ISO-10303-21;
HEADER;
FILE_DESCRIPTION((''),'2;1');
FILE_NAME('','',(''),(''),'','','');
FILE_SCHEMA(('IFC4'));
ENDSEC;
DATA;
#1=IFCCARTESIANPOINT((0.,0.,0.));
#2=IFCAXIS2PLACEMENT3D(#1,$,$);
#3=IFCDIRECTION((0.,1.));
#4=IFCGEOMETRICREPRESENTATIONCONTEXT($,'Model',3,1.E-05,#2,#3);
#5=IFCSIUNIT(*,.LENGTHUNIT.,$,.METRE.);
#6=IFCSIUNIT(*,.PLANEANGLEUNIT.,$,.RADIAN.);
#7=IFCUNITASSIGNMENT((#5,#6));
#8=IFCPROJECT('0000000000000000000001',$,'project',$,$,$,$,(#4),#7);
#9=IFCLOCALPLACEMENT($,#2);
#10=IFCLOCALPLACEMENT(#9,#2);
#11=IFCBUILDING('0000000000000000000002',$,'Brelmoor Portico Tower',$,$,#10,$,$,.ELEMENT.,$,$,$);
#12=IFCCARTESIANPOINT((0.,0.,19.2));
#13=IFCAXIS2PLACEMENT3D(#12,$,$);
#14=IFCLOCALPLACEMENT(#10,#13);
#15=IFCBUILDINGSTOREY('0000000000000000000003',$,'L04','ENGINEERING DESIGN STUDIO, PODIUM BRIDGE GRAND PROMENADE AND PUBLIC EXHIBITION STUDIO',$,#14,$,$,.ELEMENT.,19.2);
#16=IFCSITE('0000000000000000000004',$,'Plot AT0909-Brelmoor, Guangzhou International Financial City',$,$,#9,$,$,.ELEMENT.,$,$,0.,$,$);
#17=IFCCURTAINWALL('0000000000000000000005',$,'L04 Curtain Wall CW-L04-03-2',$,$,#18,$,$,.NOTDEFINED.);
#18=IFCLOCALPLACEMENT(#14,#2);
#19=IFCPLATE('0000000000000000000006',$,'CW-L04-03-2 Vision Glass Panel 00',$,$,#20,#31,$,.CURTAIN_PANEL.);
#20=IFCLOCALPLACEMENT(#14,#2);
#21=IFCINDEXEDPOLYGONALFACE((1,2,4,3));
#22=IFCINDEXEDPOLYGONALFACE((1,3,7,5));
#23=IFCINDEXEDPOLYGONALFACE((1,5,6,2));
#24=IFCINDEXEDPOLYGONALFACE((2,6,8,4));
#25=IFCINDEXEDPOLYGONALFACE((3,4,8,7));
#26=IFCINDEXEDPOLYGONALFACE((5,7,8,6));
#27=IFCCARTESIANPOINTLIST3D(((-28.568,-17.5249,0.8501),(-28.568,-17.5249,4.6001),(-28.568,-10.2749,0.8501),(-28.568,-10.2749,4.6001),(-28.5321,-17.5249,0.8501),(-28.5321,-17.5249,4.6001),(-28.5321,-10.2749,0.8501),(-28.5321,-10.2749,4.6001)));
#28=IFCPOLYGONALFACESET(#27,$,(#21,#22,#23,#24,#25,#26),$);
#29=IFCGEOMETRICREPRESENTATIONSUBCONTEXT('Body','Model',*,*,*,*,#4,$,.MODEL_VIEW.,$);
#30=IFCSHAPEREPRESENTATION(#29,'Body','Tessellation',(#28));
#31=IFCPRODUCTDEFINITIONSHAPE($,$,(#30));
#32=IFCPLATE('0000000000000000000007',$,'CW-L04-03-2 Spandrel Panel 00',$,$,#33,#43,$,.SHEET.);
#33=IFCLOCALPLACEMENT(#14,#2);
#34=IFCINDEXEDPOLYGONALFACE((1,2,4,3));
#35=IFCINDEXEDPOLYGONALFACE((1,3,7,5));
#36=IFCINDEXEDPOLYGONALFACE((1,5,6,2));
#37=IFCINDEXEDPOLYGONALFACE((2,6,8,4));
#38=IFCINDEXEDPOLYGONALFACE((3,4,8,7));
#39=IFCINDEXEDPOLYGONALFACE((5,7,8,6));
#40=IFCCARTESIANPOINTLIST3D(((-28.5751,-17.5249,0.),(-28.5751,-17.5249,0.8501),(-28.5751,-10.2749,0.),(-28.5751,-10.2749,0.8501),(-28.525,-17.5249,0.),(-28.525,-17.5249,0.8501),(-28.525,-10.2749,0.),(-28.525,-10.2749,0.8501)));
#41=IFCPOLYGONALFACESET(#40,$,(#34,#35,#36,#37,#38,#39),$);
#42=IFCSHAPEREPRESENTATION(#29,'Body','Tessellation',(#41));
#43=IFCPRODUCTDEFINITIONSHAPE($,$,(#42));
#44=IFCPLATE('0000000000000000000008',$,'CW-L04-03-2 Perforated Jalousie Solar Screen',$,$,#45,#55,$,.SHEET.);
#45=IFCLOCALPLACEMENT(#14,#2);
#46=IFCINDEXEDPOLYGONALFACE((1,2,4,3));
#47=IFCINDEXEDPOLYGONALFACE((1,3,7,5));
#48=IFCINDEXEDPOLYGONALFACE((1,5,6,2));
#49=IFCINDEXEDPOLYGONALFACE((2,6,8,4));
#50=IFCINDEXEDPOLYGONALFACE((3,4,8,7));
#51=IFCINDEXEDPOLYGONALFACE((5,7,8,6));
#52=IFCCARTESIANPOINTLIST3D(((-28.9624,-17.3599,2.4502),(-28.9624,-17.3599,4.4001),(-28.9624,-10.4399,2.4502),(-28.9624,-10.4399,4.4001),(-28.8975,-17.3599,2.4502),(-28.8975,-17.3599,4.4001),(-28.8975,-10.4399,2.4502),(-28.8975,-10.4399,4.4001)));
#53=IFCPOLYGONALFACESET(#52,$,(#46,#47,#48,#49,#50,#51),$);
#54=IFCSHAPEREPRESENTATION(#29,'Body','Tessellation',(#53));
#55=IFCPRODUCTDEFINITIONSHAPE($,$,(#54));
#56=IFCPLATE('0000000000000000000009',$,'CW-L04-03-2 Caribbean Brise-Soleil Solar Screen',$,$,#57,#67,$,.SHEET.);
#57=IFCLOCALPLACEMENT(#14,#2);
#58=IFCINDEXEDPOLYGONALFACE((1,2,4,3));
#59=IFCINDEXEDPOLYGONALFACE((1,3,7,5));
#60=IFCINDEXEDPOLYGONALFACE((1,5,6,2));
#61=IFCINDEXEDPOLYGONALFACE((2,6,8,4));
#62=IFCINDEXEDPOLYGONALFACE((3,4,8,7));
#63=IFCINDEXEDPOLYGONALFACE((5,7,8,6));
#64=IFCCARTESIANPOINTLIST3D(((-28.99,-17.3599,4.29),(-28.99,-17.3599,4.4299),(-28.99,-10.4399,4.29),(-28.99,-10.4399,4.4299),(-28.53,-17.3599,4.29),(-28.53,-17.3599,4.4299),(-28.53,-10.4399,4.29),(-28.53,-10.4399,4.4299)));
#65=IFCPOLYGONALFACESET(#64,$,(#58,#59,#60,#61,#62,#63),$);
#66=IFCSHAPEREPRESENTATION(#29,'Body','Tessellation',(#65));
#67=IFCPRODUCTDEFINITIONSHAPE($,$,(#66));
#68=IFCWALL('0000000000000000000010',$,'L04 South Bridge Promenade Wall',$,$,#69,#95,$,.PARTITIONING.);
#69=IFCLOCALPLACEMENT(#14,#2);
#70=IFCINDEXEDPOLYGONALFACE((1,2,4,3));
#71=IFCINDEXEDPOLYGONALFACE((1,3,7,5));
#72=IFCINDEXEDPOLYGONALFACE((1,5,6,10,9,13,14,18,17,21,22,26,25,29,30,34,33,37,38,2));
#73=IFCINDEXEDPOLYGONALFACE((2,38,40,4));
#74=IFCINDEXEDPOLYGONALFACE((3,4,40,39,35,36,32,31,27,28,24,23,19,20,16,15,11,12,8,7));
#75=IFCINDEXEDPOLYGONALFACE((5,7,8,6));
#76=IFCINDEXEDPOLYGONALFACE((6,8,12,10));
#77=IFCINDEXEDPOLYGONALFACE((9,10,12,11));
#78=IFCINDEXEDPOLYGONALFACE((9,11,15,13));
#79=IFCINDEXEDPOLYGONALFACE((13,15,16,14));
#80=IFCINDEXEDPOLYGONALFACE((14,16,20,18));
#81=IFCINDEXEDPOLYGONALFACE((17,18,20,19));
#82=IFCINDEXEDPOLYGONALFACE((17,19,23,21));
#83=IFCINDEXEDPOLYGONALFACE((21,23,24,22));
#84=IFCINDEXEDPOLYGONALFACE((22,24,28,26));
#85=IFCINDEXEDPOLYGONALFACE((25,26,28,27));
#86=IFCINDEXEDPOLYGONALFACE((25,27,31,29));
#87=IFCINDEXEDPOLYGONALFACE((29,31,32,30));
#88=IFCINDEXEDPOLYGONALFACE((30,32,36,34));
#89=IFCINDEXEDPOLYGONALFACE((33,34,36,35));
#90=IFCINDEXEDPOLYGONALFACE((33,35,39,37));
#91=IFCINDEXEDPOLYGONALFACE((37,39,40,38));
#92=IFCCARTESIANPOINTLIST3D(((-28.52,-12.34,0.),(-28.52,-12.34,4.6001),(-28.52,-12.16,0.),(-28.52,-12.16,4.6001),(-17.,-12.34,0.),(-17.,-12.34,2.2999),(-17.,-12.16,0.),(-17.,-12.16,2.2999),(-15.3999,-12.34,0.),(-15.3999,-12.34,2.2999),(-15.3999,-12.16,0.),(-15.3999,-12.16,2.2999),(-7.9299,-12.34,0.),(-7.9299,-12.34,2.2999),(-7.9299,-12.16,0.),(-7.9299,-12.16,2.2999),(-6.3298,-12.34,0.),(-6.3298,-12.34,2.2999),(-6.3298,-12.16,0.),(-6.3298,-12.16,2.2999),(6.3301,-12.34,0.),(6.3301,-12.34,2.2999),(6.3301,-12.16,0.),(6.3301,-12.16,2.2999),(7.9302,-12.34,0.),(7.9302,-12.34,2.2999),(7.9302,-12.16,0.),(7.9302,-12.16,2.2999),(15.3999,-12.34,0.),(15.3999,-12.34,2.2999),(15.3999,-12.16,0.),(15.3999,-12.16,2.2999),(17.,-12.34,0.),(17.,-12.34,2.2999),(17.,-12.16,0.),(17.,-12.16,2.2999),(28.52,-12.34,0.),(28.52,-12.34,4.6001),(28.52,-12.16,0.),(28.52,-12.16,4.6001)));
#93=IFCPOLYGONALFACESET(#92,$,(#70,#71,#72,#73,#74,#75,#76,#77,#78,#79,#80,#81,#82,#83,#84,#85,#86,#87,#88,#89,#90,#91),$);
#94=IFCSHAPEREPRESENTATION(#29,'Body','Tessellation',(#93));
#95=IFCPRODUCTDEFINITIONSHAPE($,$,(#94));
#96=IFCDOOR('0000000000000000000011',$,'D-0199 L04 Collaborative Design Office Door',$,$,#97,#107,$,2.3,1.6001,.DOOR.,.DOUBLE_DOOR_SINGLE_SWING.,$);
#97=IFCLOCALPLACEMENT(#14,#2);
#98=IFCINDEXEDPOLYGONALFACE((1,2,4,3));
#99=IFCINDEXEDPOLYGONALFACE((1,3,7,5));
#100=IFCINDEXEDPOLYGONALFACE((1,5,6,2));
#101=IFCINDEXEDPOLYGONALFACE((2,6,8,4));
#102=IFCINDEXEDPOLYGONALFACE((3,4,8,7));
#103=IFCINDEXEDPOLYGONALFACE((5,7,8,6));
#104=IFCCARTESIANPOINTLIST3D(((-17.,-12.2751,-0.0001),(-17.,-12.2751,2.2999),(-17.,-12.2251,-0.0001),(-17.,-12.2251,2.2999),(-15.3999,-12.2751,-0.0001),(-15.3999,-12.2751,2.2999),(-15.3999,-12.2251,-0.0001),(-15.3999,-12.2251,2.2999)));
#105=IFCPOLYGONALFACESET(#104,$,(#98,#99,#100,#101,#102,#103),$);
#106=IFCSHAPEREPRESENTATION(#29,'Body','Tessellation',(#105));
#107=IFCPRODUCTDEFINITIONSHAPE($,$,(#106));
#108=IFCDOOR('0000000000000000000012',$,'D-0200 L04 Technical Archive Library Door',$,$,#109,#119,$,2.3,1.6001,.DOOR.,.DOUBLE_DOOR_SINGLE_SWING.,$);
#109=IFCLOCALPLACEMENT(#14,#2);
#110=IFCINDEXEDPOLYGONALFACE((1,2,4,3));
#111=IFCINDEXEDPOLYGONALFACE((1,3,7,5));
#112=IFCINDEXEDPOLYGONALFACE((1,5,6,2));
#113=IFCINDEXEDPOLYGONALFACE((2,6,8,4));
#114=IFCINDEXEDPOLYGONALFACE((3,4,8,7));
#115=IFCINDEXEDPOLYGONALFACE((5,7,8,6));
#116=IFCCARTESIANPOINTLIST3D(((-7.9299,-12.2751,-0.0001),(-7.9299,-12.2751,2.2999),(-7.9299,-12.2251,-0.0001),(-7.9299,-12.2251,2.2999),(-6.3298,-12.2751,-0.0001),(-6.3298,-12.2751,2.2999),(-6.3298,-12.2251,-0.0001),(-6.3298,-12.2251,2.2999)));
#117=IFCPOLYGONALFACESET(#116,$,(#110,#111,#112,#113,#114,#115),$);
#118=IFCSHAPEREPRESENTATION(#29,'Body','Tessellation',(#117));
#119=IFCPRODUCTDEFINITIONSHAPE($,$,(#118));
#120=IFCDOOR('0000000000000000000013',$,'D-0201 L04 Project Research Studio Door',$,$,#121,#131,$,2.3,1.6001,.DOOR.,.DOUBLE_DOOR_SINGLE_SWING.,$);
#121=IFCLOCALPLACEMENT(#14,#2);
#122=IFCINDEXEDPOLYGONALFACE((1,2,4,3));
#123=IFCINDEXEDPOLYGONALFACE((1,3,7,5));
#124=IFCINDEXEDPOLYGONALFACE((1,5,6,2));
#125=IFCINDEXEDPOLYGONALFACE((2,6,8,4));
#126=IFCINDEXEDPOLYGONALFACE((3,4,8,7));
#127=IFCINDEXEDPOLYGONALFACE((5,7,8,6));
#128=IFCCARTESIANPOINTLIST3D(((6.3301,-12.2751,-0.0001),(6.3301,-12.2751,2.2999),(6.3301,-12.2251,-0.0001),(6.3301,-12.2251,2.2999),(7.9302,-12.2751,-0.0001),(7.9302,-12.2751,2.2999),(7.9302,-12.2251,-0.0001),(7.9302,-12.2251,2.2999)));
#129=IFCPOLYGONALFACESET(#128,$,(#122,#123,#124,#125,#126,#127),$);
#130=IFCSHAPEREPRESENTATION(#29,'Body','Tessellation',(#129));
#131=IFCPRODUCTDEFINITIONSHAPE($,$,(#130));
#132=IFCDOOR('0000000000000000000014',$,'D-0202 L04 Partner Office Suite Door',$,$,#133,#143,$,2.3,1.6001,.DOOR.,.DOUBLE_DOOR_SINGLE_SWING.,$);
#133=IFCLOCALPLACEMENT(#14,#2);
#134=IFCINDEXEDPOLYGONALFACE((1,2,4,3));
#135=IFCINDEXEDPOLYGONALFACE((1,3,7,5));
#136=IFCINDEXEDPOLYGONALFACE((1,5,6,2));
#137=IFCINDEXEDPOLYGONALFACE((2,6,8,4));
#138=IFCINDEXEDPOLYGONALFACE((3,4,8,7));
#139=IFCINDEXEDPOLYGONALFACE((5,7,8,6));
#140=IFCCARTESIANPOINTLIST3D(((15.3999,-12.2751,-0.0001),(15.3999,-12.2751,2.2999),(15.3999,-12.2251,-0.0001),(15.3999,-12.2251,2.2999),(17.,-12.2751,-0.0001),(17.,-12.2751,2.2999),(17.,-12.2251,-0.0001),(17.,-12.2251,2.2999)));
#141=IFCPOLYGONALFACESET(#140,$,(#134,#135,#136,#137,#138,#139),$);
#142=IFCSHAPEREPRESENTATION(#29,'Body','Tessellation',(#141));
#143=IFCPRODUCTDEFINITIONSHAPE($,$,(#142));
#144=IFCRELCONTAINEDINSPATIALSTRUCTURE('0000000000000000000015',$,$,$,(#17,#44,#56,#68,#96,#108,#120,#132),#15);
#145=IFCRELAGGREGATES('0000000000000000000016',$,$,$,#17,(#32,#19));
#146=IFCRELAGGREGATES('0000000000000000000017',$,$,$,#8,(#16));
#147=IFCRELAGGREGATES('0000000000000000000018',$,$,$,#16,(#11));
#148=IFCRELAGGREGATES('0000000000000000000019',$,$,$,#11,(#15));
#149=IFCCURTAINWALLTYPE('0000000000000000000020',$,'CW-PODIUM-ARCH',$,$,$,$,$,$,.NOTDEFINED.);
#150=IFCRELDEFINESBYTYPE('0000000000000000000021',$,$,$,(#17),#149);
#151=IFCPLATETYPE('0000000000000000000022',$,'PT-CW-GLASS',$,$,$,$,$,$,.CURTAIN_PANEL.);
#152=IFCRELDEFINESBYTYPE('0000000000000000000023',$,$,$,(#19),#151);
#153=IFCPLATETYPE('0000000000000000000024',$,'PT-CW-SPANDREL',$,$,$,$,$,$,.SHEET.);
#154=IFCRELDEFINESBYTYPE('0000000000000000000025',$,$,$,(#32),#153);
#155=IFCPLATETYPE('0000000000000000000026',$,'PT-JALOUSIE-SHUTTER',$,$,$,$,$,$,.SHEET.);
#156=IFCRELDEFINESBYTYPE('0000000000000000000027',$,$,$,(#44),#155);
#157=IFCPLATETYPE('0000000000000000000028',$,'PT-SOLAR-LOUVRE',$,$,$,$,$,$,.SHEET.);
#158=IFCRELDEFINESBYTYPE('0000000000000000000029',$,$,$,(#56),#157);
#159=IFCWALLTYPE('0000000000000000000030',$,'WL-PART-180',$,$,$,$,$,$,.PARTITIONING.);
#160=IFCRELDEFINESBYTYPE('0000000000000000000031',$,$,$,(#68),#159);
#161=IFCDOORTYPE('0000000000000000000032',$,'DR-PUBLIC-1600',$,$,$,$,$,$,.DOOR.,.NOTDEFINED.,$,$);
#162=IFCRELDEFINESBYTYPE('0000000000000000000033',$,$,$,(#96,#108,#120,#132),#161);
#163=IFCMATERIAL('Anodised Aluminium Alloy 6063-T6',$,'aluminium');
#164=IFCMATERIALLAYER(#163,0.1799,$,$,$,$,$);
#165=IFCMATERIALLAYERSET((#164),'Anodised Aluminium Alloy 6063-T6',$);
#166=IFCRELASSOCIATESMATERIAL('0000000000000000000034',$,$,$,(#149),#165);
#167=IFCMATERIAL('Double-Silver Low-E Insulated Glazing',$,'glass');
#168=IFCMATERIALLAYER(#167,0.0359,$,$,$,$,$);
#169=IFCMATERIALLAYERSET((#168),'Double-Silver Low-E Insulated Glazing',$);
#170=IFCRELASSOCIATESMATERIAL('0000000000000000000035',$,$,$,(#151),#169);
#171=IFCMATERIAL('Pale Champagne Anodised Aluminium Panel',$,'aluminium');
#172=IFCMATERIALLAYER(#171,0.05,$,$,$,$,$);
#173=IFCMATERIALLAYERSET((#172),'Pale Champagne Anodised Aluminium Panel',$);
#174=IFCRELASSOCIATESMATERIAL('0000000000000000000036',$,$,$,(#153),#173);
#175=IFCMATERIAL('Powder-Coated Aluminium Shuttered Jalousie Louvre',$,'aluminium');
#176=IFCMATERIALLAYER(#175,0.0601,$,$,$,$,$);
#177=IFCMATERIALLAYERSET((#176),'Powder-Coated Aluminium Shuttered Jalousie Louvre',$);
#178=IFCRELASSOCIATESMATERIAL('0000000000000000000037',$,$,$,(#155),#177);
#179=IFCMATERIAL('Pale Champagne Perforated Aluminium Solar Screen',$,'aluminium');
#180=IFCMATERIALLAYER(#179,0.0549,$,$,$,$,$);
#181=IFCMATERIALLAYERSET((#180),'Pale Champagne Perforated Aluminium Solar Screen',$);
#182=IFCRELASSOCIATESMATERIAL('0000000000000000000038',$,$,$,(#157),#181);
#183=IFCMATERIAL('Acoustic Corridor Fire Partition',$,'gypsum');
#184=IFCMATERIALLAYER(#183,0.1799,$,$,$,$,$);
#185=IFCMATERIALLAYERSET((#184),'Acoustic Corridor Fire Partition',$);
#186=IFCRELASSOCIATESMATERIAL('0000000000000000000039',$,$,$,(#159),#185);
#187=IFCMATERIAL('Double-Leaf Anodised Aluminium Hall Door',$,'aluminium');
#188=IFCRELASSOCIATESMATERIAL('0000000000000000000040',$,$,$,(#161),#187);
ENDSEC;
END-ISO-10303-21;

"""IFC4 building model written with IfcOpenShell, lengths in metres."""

from ifc_helpers import new_model, si_unit, direction, frame, frame_2d, origin, origin_2d, place, context, subcontext, project, spatial, rectangle, extrude, material, layer, layer_set, type_object, element, fill, aggregate, save


model = new_model("IFC4")

# Units and contexts
model_context = context("Model", 3, precision=1e-05, world=origin(), true_north=direction((0.0, 1.0)))
body_context = subcontext(model_context, "Body", "Model", "MODEL_VIEW")
ifc_project = project(units=[si_unit("LENGTHUNIT", "METRE"), si_unit("PLANEANGLEUNIT", "RADIAN")], contexts=[model_context])

# Site, building, storey
site_placement = place(None, origin())
site = spatial("IfcSite", under=ifc_project, at=site_placement, Name="Plot AT0909-Brelmoor, Guangzhou International Financial City", CompositionType="ELEMENT", RefElevation=0.0)
building_placement = place(site_placement, origin())
building = spatial("IfcBuilding", under=site, at=building_placement, Name="Brelmoor Portico Tower", CompositionType="ELEMENT")
storey_placement = place(building_placement, frame((0.0, 0.0, 19.2)))
storey = spatial("IfcBuildingStorey", under=building, at=storey_placement, Name="L04", Description="ENGINEERING DESIGN STUDIO, PODIUM BRIDGE GRAND PROMENADE AND PUBLIC EXHIBITION STUDIO", CompositionType="ELEMENT", Elevation=19.2)

# Curtain wall
ifc_material_1 = material(Name="Anodised Aluminium Alloy 6063-T6", Category="aluminium")
ifc_layer_1 = layer(ifc_material_1, 0.1799)
ifc_layer_set_1 = layer_set([ifc_layer_1], Name="Anodised Aluminium Alloy 6063-T6")
curtain_wall_type = type_object("IfcCurtainWallType", Name="CW-PODIUM-ARCH", PredefinedType="NOTDEFINED", material=ifc_layer_set_1)
curtain_wall_placement = place(storey_placement, origin())
curtain_wall = element("IfcCurtainWall", 1, at=curtain_wall_placement, inside=storey, type_object=curtain_wall_type, Name="L04 Curtain Wall CW-L04-03-2", PredefinedType="NOTDEFINED")

# Plates
ifc_material_2 = material(Name="Double-Silver Low-E Insulated Glazing", Category="glass")
ifc_layer_2 = layer(ifc_material_2, 0.0359)
ifc_layer_set_2 = layer_set([ifc_layer_2], Name="Double-Silver Low-E Insulated Glazing")
plate_type_1 = type_object("IfcPlateType", Name="PT-CW-GLASS", PredefinedType="CURTAIN_PANEL", material=ifc_layer_set_2)
plate_1_placement = place(storey_placement, frame((-28.55, -13.8999, 0.8501), z_axis=(0.0, 0.0, 1.0), x_axis=(0.0, 1.0, 0.0)))
plate_1 = element("IfcPlate", 2, at=plate_1_placement, type_object=plate_type_1, Name="CW-L04-03-2 Vision Glass Panel 00", PredefinedType="CURTAIN_PANEL", context=body_context, shape_type="SweptSolid", body=[
    extrude(rectangle(XDim=7.25, YDim=0.0359, at=origin_2d()), origin(), (0.0, 0.0, 1.0), 3.75),
])
ifc_material_3 = material(Name="Pale Champagne Anodised Aluminium Panel", Category="aluminium")
ifc_layer_3 = layer(ifc_material_3, 0.05)
ifc_layer_set_3 = layer_set([ifc_layer_3], Name="Pale Champagne Anodised Aluminium Panel")
plate_type_2 = type_object("IfcPlateType", Name="PT-CW-SPANDREL", PredefinedType="SHEET", material=ifc_layer_set_3)
plate_2_placement = place(storey_placement, frame((-28.55, -13.8999, 0.0), z_axis=(0.0, 0.0, 1.0), x_axis=(0.0, 1.0, 0.0)))
plate_2 = element("IfcPlate", 3, at=plate_2_placement, type_object=plate_type_2, Name="CW-L04-03-2 Spandrel Panel 00", PredefinedType="SHEET", context=body_context, shape_type="SweptSolid", body=[
    extrude(rectangle(XDim=7.25, YDim=0.05, at=origin_2d()), origin(), (0.0, 0.0, 1.0), 0.8501),
])
aggregate(curtain_wall, [plate_2, plate_1])

# Plates
ifc_material_4 = material(Name="Powder-Coated Aluminium Shuttered Jalousie Louvre", Category="aluminium")
ifc_layer_4 = layer(ifc_material_4, 0.0601)
ifc_layer_set_4 = layer_set([ifc_layer_4], Name="Powder-Coated Aluminium Shuttered Jalousie Louvre")
plate_type_3 = type_object("IfcPlateType", Name="PT-JALOUSIE-SHUTTER", PredefinedType="SHEET", material=ifc_layer_set_4)
plate_3_placement = place(storey_placement, frame((-28.9299, -13.8999, 2.4502), z_axis=(0.0, 0.0, 1.0), x_axis=(0.0, 1.0, 0.0)))
element("IfcPlate", 4, at=plate_3_placement, inside=storey, type_object=plate_type_3, Name="CW-L04-03-2 Perforated Jalousie Solar Screen", PredefinedType="SHEET", context=body_context, shape_type="SweptSolid", body=[
    extrude(rectangle(XDim=6.9199, YDim=0.0649, at=origin_2d()), origin(), (0.0, 0.0, 1.0), 1.95),
])
ifc_material_5 = material(Name="Pale Champagne Perforated Aluminium Solar Screen", Category="aluminium")
ifc_layer_5 = layer(ifc_material_5, 0.0549)
ifc_layer_set_5 = layer_set([ifc_layer_5], Name="Pale Champagne Perforated Aluminium Solar Screen")
plate_type_4 = type_object("IfcPlateType", Name="PT-SOLAR-LOUVRE", PredefinedType="SHEET", material=ifc_layer_set_5)
plate_4_placement = place(storey_placement, frame((-28.76, -13.8999, 4.29), z_axis=(0.0, 0.0, 1.0), x_axis=(0.0, 1.0, 0.0)))
element("IfcPlate", 5, at=plate_4_placement, inside=storey, type_object=plate_type_4, Name="CW-L04-03-2 Caribbean Brise-Soleil Solar Screen", PredefinedType="SHEET", context=body_context, shape_type="SweptSolid", body=[
    extrude(rectangle(XDim=6.9199, YDim=0.46, at=origin_2d()), origin(), (0.0, 0.0, 1.0), 0.1399),
])

# Wall, openings, doors
ifc_material_6 = material(Name="Acoustic Corridor Fire Partition", Category="gypsum")
ifc_layer_6 = layer(ifc_material_6, 0.1799)
ifc_layer_set_6 = layer_set([ifc_layer_6], Name="Acoustic Corridor Fire Partition")
wall_type = type_object("IfcWallType", Name="WL-PART-180", PredefinedType="PARTITIONING", material=ifc_layer_set_6)
wall_1_placement = place(storey_placement, frame((-28.52, -12.25, 0.0), z_axis=(0.0, 0.0, 1.0), x_axis=(1.0, 0.0, 0.0)))
wall_1 = element("IfcWall", 6, at=wall_1_placement, inside=storey, type_object=wall_type, Name="L04 South Bridge Promenade Wall", PredefinedType="PARTITIONING", context=body_context, shape_type="SweptSolid", body=[
    extrude(rectangle(XDim=57.04, YDim=0.1799, at=frame_2d((28.52, 0.0))), origin(), (0.0, 0.0, 1.0), 4.6001),
])
opening_1_placement = place(wall_1_placement, frame((11.52, 0.0, 0.0)))
opening_1 = element("IfcOpeningElement", 7, at=opening_1_placement, cuts=wall_1, PredefinedType="OPENING", context=body_context, shape_type="SweptSolid", body=[
    extrude(rectangle(XDim=1.6001, YDim=2.3, at=frame_2d((0.8, 1.1499))), frame((0.0, 0.0999, 0.0), z_axis=(0.0, -1.0, 0.0), x_axis=(1.0, 0.0, 0.0)), (0.0, 0.0, 1.0), 0.2),
])
opening_2_placement = place(wall_1_placement, frame((20.5901, 0.0, 0.0)))
opening_2 = element("IfcOpeningElement", 8, at=opening_2_placement, cuts=wall_1, PredefinedType="OPENING", context=body_context, shape_type="SweptSolid", body=[
    extrude(rectangle(XDim=1.6001, YDim=2.3, at=frame_2d((0.8, 1.1499))), frame((0.0, 0.0999, 0.0), z_axis=(0.0, -1.0, 0.0), x_axis=(1.0, 0.0, 0.0)), (0.0, 0.0, 1.0), 0.2),
])
opening_3_placement = place(wall_1_placement, frame((34.8501, 0.0, 0.0)))
opening_3 = element("IfcOpeningElement", 9, at=opening_3_placement, cuts=wall_1, PredefinedType="OPENING", context=body_context, shape_type="SweptSolid", body=[
    extrude(rectangle(XDim=1.6001, YDim=2.3, at=frame_2d((0.8, 1.1499))), frame((0.0, 0.0999, 0.0), z_axis=(0.0, -1.0, 0.0), x_axis=(1.0, 0.0, 0.0)), (0.0, 0.0, 1.0), 0.2),
])
opening_4_placement = place(wall_1_placement, frame((43.9199, 0.0, 0.0)))
opening_4 = element("IfcOpeningElement", 10, at=opening_4_placement, cuts=wall_1, PredefinedType="OPENING", context=body_context, shape_type="SweptSolid", body=[
    extrude(rectangle(XDim=1.6001, YDim=2.3, at=frame_2d((0.8, 1.1499))), frame((0.0, 0.0999, 0.0), z_axis=(0.0, -1.0, 0.0), x_axis=(1.0, 0.0, 0.0)), (0.0, 0.0, 1.0), 0.2),
])
ifc_material_7 = material(Name="Double-Leaf Anodised Aluminium Hall Door", Category="aluminium")
door_type = type_object("IfcDoorType", Name="DR-PUBLIC-1600", OperationType="NOTDEFINED", PredefinedType="DOOR", material=ifc_material_7)
door_1_placement = place(opening_1_placement, origin())
door_1 = element("IfcDoor", 11, at=door_1_placement, inside=storey, type_object=door_type, Name="D-0199 L04 Collaborative Design Office Door", OperationType="DOUBLE_DOOR_SINGLE_SWING", OverallHeight=2.3, OverallWidth=1.6001, PredefinedType="DOOR", context=body_context, shape_type="SweptSolid", body=[
    extrude(rectangle(XDim=1.6001, YDim=2.3, at=frame_2d((0.8, 1.1499))), frame((0.0, 0.0249, 0.0), z_axis=(0.0, -1.0, 0.0), x_axis=(1.0, 0.0, 0.0)), (0.0, 0.0, 1.0), 0.05),
])
fill(opening_1, door_1)
door_2_placement = place(opening_2_placement, origin())
door_2 = element("IfcDoor", 12, at=door_2_placement, inside=storey, type_object=door_type, Name="D-0200 L04 Technical Archive Library Door", OperationType="DOUBLE_DOOR_SINGLE_SWING", OverallHeight=2.3, OverallWidth=1.6001, PredefinedType="DOOR", context=body_context, shape_type="SweptSolid", body=[
    extrude(rectangle(XDim=1.6001, YDim=2.3, at=frame_2d((0.8, 1.1499))), frame((0.0, 0.0249, 0.0), z_axis=(0.0, -1.0, 0.0), x_axis=(1.0, 0.0, 0.0)), (0.0, 0.0, 1.0), 0.05),
])
fill(opening_2, door_2)
door_3_placement = place(opening_3_placement, origin())
door_3 = element("IfcDoor", 13, at=door_3_placement, inside=storey, type_object=door_type, Name="D-0201 L04 Project Research Studio Door", OperationType="DOUBLE_DOOR_SINGLE_SWING", OverallHeight=2.3, OverallWidth=1.6001, PredefinedType="DOOR", context=body_context, shape_type="SweptSolid", body=[
    extrude(rectangle(XDim=1.6001, YDim=2.3, at=frame_2d((0.8, 1.1499))), frame((0.0, 0.0249, 0.0), z_axis=(0.0, -1.0, 0.0), x_axis=(1.0, 0.0, 0.0)), (0.0, 0.0, 1.0), 0.05),
])
fill(opening_3, door_3)
door_4_placement = place(opening_4_placement, origin())
door_4 = element("IfcDoor", 14, at=door_4_placement, inside=storey, type_object=door_type, Name="D-0202 L04 Partner Office Suite Door", OperationType="DOUBLE_DOOR_SINGLE_SWING", OverallHeight=2.3, OverallWidth=1.6001, PredefinedType="DOOR", context=body_context, shape_type="SweptSolid", body=[
    extrude(rectangle(XDim=1.6001, YDim=2.3, at=frame_2d((0.8, 1.1499))), frame((0.0, 0.0249, 0.0), z_axis=(0.0, -1.0, 0.0), x_axis=(1.0, 0.0, 0.0)), (0.0, 0.0, 1.0), 0.05),
])
fill(opening_4, door_4)

save(model, "model.ifc")
